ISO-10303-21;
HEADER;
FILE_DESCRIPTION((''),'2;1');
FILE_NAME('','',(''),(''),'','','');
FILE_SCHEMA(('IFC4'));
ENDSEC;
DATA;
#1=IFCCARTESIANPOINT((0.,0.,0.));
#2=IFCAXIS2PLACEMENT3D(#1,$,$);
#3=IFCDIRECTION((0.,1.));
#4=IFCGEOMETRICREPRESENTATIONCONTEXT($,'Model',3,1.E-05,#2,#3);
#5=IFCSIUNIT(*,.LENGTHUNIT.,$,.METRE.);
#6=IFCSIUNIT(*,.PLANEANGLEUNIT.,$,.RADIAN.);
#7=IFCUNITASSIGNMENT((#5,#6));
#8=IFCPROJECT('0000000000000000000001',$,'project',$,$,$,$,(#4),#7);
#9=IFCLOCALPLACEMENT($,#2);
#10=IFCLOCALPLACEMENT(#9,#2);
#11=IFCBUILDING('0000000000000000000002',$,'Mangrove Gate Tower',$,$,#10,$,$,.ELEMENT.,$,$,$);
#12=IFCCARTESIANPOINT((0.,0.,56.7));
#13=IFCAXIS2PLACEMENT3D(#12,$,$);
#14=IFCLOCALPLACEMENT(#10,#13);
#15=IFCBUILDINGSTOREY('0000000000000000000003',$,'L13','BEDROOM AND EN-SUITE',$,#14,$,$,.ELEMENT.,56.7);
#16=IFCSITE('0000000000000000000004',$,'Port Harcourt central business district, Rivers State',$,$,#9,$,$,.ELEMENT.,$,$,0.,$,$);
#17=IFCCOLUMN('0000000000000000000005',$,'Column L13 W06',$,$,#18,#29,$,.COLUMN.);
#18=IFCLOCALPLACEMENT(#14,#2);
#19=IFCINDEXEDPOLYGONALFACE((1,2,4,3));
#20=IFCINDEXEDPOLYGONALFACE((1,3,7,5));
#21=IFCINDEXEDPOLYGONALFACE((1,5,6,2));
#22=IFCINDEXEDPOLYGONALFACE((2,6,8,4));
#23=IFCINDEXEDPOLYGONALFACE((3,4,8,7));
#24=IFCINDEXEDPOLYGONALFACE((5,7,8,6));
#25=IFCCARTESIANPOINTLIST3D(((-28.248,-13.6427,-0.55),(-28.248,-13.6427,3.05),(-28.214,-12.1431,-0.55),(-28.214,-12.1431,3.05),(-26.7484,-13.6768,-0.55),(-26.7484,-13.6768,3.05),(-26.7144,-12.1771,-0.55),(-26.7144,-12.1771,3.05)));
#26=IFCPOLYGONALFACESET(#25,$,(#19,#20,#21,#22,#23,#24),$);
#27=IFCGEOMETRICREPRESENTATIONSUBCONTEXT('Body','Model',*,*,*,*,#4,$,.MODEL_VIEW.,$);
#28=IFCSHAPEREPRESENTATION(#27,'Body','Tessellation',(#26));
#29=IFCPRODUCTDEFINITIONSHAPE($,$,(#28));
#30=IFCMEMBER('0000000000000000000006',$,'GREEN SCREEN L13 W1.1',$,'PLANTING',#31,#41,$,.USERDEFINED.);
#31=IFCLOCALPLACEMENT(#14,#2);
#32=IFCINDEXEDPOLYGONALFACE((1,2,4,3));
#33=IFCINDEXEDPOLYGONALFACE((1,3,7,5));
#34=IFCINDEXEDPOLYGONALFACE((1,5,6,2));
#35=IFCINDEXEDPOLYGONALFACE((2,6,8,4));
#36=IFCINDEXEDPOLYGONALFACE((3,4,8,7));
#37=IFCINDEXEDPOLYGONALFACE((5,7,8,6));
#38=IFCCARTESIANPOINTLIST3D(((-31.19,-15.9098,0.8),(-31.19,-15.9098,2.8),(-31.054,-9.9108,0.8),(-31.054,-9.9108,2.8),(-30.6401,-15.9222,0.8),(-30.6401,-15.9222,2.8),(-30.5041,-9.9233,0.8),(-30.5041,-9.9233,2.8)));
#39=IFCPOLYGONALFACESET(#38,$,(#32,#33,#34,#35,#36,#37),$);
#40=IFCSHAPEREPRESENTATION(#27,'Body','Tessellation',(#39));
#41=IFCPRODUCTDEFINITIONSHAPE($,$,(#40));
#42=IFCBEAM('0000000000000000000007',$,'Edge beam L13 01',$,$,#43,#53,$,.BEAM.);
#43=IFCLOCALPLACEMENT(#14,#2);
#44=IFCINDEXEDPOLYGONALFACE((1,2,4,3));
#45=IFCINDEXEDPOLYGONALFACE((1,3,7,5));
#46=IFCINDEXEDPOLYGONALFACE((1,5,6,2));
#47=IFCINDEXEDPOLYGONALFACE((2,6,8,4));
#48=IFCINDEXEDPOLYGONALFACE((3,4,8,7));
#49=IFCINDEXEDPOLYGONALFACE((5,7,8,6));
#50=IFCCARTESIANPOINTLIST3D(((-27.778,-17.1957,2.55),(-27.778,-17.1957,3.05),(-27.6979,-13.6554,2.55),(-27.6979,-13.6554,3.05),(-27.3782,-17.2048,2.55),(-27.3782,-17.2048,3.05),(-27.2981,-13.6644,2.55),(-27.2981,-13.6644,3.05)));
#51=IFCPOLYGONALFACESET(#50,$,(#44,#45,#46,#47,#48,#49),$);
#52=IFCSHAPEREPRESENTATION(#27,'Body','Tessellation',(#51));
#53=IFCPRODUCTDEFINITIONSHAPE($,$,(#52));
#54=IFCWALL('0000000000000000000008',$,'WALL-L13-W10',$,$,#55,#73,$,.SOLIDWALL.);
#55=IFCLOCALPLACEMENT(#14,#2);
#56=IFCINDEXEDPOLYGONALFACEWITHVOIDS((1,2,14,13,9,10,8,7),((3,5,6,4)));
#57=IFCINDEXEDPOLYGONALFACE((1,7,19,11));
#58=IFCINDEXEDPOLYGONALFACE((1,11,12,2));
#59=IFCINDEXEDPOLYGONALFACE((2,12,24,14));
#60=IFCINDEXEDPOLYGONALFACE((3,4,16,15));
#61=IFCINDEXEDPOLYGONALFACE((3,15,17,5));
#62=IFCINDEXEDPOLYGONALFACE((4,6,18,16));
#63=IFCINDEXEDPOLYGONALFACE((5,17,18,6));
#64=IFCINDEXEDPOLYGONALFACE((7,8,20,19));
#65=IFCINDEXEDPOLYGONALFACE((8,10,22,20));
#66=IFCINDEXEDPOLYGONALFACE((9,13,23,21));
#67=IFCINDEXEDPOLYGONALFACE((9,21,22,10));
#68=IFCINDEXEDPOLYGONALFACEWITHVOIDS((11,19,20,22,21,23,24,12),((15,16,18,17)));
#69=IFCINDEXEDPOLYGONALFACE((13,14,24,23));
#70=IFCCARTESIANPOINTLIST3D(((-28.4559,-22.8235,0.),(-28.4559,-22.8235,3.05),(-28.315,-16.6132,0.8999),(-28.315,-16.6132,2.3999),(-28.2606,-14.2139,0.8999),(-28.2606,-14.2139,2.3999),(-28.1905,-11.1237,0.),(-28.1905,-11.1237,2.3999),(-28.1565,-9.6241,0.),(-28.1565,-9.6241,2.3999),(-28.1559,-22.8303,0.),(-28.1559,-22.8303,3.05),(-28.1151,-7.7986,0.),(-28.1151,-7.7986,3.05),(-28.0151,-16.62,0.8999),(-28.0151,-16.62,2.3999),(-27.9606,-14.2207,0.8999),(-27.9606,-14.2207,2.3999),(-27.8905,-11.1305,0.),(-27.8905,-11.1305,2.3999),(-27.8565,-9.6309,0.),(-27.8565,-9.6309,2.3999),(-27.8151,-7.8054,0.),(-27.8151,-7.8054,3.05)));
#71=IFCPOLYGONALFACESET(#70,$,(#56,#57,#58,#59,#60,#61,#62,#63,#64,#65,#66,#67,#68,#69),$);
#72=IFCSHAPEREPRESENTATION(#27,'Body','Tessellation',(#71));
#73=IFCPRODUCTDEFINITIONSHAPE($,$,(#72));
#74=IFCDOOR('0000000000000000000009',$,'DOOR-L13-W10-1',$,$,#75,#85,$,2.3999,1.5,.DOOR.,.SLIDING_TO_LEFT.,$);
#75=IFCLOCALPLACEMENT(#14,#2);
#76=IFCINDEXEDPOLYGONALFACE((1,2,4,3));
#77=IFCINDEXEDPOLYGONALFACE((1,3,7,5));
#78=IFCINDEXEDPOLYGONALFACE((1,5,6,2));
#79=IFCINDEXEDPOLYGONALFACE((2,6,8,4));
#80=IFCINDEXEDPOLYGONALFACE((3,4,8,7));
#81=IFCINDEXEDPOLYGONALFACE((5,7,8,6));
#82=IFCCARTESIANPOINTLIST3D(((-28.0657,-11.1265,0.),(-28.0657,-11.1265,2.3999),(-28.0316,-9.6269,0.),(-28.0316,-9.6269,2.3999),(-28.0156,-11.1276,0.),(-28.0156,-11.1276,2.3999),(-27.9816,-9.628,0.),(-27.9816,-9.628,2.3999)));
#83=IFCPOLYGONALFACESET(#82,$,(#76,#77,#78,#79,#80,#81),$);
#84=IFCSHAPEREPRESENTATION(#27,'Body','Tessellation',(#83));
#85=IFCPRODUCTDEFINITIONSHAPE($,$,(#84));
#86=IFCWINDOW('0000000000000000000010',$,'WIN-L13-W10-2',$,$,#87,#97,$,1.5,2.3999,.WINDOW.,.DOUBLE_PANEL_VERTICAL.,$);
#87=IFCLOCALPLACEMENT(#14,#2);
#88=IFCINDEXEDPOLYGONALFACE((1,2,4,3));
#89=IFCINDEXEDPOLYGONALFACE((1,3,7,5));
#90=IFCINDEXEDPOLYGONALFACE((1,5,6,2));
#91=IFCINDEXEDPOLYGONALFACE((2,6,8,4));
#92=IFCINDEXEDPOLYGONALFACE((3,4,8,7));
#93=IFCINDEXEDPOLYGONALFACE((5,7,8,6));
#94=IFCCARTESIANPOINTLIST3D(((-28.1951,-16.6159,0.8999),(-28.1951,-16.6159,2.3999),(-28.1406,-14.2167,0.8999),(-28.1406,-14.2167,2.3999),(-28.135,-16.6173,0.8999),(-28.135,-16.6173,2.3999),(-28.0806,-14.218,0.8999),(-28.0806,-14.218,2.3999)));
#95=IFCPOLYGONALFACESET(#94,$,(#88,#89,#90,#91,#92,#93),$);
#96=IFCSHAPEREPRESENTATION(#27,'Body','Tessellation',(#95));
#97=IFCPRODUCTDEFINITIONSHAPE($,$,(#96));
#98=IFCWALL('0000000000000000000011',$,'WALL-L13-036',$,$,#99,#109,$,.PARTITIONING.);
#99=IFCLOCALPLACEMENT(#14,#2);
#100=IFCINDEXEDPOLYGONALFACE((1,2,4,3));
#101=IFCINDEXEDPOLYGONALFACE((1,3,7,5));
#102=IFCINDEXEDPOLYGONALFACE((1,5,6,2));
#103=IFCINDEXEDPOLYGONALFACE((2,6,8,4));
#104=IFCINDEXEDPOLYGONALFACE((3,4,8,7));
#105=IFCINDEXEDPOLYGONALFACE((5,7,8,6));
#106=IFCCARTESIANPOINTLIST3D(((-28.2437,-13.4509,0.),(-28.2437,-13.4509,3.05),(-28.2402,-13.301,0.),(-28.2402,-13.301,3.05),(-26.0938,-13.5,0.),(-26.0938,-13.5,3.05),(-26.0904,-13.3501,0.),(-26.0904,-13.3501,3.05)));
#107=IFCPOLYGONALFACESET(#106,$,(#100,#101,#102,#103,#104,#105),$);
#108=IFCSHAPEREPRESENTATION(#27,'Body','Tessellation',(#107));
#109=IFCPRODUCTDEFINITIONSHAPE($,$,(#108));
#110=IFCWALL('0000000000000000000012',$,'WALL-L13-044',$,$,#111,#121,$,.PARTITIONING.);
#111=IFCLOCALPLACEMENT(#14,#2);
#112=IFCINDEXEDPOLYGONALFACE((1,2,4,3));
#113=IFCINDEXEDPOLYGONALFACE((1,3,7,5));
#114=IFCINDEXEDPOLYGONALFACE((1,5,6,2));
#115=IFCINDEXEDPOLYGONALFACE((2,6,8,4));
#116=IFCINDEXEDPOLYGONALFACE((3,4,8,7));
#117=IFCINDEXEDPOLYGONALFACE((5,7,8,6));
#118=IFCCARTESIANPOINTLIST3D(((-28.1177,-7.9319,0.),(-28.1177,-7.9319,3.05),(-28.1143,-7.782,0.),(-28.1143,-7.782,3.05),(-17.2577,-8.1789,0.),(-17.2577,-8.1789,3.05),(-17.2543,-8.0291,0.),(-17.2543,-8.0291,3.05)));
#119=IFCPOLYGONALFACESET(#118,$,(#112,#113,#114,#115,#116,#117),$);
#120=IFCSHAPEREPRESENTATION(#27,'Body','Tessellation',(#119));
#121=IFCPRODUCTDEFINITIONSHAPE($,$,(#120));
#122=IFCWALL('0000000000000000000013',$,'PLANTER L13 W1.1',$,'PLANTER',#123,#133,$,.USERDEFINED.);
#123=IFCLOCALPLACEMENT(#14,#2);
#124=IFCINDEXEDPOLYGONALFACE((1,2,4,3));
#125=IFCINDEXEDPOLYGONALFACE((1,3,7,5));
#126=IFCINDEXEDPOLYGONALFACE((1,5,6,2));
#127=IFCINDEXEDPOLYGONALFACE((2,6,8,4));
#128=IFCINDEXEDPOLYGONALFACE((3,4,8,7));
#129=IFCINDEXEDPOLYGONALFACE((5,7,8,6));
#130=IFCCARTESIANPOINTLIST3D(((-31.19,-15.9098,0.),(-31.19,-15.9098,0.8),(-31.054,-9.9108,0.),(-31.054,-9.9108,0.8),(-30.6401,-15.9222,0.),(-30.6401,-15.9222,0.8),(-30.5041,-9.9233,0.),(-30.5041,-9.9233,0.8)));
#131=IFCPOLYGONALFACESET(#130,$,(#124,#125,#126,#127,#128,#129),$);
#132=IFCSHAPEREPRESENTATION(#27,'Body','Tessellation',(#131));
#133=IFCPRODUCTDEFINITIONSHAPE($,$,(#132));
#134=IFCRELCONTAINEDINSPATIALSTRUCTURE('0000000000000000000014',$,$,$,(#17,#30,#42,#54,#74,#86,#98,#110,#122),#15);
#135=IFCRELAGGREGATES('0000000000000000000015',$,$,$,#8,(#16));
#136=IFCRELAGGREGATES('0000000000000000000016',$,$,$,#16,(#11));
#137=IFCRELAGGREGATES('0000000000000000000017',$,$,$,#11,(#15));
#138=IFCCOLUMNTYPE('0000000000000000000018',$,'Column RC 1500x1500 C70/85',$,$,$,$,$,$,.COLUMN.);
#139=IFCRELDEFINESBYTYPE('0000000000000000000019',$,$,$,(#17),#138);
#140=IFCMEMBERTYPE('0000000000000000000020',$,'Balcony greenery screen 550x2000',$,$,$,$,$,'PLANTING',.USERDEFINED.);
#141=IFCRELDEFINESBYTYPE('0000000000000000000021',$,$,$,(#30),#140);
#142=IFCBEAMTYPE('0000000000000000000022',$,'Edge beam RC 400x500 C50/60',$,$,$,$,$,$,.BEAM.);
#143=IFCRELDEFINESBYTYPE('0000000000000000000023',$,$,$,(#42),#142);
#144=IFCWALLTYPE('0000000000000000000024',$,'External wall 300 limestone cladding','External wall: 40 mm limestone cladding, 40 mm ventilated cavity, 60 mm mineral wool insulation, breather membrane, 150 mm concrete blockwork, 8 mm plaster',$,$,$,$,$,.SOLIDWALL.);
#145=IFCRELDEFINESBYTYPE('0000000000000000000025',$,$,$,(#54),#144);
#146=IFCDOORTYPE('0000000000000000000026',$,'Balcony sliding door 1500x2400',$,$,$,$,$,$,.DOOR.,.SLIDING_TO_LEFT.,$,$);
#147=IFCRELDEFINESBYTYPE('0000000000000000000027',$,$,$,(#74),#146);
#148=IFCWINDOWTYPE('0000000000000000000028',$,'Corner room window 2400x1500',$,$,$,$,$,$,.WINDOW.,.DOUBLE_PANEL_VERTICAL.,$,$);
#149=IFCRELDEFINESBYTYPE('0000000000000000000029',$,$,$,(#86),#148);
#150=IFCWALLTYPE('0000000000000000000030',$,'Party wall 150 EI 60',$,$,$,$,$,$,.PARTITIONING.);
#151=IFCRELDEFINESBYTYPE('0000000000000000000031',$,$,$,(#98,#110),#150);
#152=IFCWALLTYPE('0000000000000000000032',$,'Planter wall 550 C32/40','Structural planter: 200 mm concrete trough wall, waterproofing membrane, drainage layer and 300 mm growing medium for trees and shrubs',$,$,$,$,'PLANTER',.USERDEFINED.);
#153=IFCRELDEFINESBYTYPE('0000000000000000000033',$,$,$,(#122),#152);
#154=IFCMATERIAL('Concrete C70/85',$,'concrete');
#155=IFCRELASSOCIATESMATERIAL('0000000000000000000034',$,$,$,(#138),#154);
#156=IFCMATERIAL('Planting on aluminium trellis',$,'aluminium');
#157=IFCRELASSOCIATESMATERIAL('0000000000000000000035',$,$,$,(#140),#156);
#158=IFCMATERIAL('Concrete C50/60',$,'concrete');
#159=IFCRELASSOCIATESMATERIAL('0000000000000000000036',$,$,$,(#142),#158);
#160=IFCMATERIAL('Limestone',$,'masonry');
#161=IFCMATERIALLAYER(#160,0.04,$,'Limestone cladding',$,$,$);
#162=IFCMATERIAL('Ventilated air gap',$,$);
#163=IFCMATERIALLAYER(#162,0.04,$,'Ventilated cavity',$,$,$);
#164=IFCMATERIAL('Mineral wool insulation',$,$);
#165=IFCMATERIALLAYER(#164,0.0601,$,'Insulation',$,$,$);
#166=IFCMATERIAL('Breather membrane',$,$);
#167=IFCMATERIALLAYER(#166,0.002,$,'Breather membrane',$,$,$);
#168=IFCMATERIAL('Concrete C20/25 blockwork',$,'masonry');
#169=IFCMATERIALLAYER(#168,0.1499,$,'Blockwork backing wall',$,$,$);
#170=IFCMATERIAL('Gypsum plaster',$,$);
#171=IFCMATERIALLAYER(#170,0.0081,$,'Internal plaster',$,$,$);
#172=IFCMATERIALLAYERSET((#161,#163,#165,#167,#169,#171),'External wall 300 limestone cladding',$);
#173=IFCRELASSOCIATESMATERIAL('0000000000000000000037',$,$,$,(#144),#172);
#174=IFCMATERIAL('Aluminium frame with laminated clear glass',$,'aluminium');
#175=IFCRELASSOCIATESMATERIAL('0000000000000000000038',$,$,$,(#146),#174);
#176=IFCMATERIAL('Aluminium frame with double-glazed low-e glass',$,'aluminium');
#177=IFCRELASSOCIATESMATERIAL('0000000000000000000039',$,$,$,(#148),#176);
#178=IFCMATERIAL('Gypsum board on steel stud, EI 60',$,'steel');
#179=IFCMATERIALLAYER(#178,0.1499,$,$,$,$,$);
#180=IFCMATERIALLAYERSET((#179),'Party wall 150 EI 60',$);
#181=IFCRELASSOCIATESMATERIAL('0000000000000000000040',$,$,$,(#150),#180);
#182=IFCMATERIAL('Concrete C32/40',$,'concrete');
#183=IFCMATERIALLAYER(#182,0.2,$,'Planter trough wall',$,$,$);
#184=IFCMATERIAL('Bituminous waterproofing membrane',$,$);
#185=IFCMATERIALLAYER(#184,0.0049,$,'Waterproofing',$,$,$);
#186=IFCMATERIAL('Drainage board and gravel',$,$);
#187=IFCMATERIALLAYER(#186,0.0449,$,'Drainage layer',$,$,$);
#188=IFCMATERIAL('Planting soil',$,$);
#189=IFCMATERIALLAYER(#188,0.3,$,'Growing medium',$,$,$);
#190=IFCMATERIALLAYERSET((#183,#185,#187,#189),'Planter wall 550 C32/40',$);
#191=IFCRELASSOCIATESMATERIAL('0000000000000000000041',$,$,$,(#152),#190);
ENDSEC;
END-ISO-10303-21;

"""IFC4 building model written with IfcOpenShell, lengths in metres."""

from ifc_helpers import new_model, si_unit, direction, frame, frame_2d, origin, origin_2d, place, context, subcontext, project, spatial, rectangle, extrude, material, layer, layer_set, material_profile, profile_set, type_object, element, fill, save


model = new_model("IFC4")

# Units and contexts
model_context = context("Model", 3, precision=1e-05, world=origin(), true_north=direction((0.0, 1.0)))
body_context = subcontext(model_context, "Body", "Model", "MODEL_VIEW")
ifc_project = project(units=[si_unit("LENGTHUNIT", "METRE"), si_unit("PLANEANGLEUNIT", "RADIAN")], contexts=[model_context])

# Site, building, storey
site_placement = place(None, origin())
site = spatial("IfcSite", under=ifc_project, at=site_placement, Name="Port Harcourt central business district, Rivers State", CompositionType="ELEMENT", RefElevation=0.0)
building_placement = place(site_placement, origin())
building = spatial("IfcBuilding", under=site, at=building_placement, Name="Mangrove Gate Tower", CompositionType="ELEMENT")
storey_placement = place(building_placement, frame((0.0, 0.0, 56.7)))
storey = spatial("IfcBuildingStorey", under=building, at=storey_placement, Name="L13", Description="BEDROOM AND EN-SUITE", CompositionType="ELEMENT", Elevation=56.7)

# Column
ifc_material_1 = material(Name="Concrete C70/85", Category="concrete")
ifc_material_profile_1 = material_profile(ifc_material_1, rectangle(XDim=1.5, YDim=1.5, at=origin_2d()))
ifc_profile_set_1 = profile_set([ifc_material_profile_1], Name="Concrete C70/85")
column_type = type_object("IfcColumnType", Name="Column RC 1500x1500 C70/85", PredefinedType="COLUMN", material=ifc_profile_set_1)
column_placement = place(storey_placement, frame((-27.4812, -12.9099, -0.55), z_axis=(0.0, 0.0, 1.0), x_axis=(-0.022712, -0.999742, 0.0)))
element("IfcColumn", 1, at=column_placement, inside=storey, type_object=column_type, Name="Column L13 W06", PredefinedType="COLUMN", context=body_context, shape_type="SweptSolid", body=[
    extrude(rectangle(XDim=1.5, YDim=1.5, at=origin_2d()), origin(), (0.0, 0.0, 1.0), 3.6001),
])

# Member
ifc_material_2 = material(Name="Planting on aluminium trellis", Category="aluminium")
ifc_material_profile_2 = material_profile(ifc_material_2, rectangle(XDim=0.55, YDim=2.0, at=origin_2d()))
ifc_profile_set_2 = profile_set([ifc_material_profile_2], Name="Planting on aluminium trellis")
member_type = type_object("IfcMemberType", Name="Balcony greenery screen 550x2000", ElementType="PLANTING", PredefinedType="USERDEFINED", material=ifc_profile_set_2)
member_placement = place(storey_placement, frame((-30.915, -15.916, 1.8), z_axis=(0.022662, 0.999743, 0.0), x_axis=(-0.999743, 0.022662, 0.0)))
element("IfcMember", 2, at=member_placement, inside=storey, type_object=member_type, Name="GREEN SCREEN L13 W1.1", ObjectType="PLANTING", PredefinedType="USERDEFINED", context=body_context, shape_type="SweptSolid", body=[
    extrude(rectangle(XDim=0.55, YDim=2.0, at=origin_2d()), origin(), (0.0, 0.0, 1.0), 6.0005),
])

# Beam
ifc_material_3 = material(Name="Concrete C50/60", Category="concrete")
ifc_material_profile_3 = material_profile(ifc_material_3, rectangle(XDim=0.3999, YDim=0.5, at=origin_2d()))
ifc_profile_set_3 = profile_set([ifc_material_profile_3], Name="Concrete C50/60")
beam_type = type_object("IfcBeamType", Name="Edge beam RC 400x500 C50/60", PredefinedType="BEAM", material=ifc_profile_set_3)
beam_placement = place(storey_placement, frame((-27.498, -13.6599, 2.8), z_axis=(-0.022613, -0.999744, 0.0), x_axis=(0.999744, -0.022613, 0.0)))
element("IfcBeam", 3, at=beam_placement, inside=storey, type_object=beam_type, Name="Edge beam L13 01", PredefinedType="BEAM", context=body_context, shape_type="SweptSolid", body=[
    extrude(rectangle(XDim=0.3999, YDim=0.5, at=origin_2d()), origin(), (0.0, 0.0, 1.0), 3.5413),
])

# Wall, openings, door, window
ifc_material_4 = material(Name="Limestone", Category="masonry")
ifc_layer_1 = layer(ifc_material_4, 0.04, Name="Limestone cladding")
ifc_material_5 = material(Name="Ventilated air gap")
ifc_layer_2 = layer(ifc_material_5, 0.04, Name="Ventilated cavity")
ifc_material_6 = material(Name="Mineral wool insulation")
ifc_layer_3 = layer(ifc_material_6, 0.0601, Name="Insulation")
ifc_material_7 = material(Name="Breather membrane")
ifc_layer_4 = layer(ifc_material_7, 0.002, Name="Breather membrane")
ifc_material_8 = material(Name="Concrete C20/25 blockwork", Category="masonry")
ifc_layer_5 = layer(ifc_material_8, 0.1499, Name="Blockwork backing wall")
ifc_material_9 = material(Name="Gypsum plaster")
ifc_layer_6 = layer(ifc_material_9, 0.0081, Name="Internal plaster")
ifc_layer_set_1 = layer_set([ifc_layer_1, ifc_layer_2, ifc_layer_3, ifc_layer_4, ifc_layer_5, ifc_layer_6], Name="External wall 300 limestone cladding")
wall_type_1 = type_object("IfcWallType", Name="External wall 300 limestone cladding", Description="External wall: 40 mm limestone cladding, 40 mm ventilated cavity, 60 mm mineral wool insulation, breather membrane, 150 mm concrete blockwork, 8 mm plaster", PredefinedType="SOLIDWALL", material=ifc_layer_set_1)
wall_1_placement = place(storey_placement, frame((-27.9651, -7.802, 0.0), z_axis=(0.0, 0.0, 1.0), x_axis=(-0.022678, -0.999743, 0.0)))
wall_1 = element("IfcWall", 4, at=wall_1_placement, inside=storey, type_object=wall_type_1, Name="WALL-L13-W10", PredefinedType="SOLIDWALL", context=body_context, shape_type="SweptSolid", body=[
    extrude(rectangle(XDim=15.0288, YDim=0.3, at=frame_2d((7.5144, 0.0))), origin(), (0.0, 0.0, 1.0), 3.05),
])
opening_1_placement = place(wall_1_placement, frame((1.8259, 0.0, 0.0)))
opening_1 = element("IfcOpeningElement", 5, at=opening_1_placement, cuts=wall_1, PredefinedType="OPENING", context=body_context, shape_type="SweptSolid", body=[
    extrude(rectangle(XDim=1.5, YDim=2.3999, at=frame_2d((0.75, 1.2))), frame((0.0, 0.1599, 0.0), z_axis=(0.0, -1.0, 0.0), x_axis=(1.0, 0.0, 0.0)), (0.0, 0.0, 1.0), 0.3201),
])
opening_2_placement = place(wall_1_placement, frame((6.417, 0.0, 0.8999)))
opening_2 = element("IfcOpeningElement", 6, at=opening_2_placement, cuts=wall_1, PredefinedType="OPENING", context=body_context, shape_type="SweptSolid", body=[
    extrude(rectangle(XDim=2.3999, YDim=1.5, at=frame_2d((1.2, 0.75))), frame((0.0, 0.1599, 0.0), z_axis=(0.0, -1.0, 0.0), x_axis=(1.0, 0.0, 0.0)), (0.0, 0.0, 1.0), 0.3201),
])
ifc_material_10 = material(Name="Aluminium frame with laminated clear glass", Category="aluminium")
door_type = type_object("IfcDoorType", Name="Balcony sliding door 1500x2400", OperationType="SLIDING_TO_LEFT", PredefinedType="DOOR", material=ifc_material_10)
door_placement = place(opening_1_placement, origin())
door = element("IfcDoor", 7, at=door_placement, inside=storey, type_object=door_type, Name="DOOR-L13-W10-1", OperationType="SLIDING_TO_LEFT", OverallHeight=2.3999, OverallWidth=1.5, PredefinedType="DOOR", context=body_context, shape_type="SweptSolid", body=[
    extrude(rectangle(XDim=1.5, YDim=2.3999, at=frame_2d((0.75, 1.2))), frame((0.0, 0.0249, 0.0), z_axis=(0.0, -1.0, 0.0), x_axis=(1.0, 0.0, 0.0)), (0.0, 0.0, 1.0), 0.05),
])
fill(opening_1, door)
ifc_material_11 = material(Name="Aluminium frame with double-glazed low-e glass", Category="aluminium")
window_type = type_object("IfcWindowType", Name="Corner room window 2400x1500", PartitioningType="DOUBLE_PANEL_VERTICAL", PredefinedType="WINDOW", material=ifc_material_11)
window_placement = place(opening_2_placement, origin())
window = element("IfcWindow", 8, at=window_placement, inside=storey, type_object=window_type, Name="WIN-L13-W10-2", OverallHeight=1.5, OverallWidth=2.3999, PartitioningType="DOUBLE_PANEL_VERTICAL", PredefinedType="WINDOW", context=body_context, shape_type="SweptSolid", body=[
    extrude(rectangle(XDim=2.3999, YDim=1.5, at=frame_2d((1.2, 0.75))), frame((0.0, 0.03, 0.0), z_axis=(0.0, -1.0, 0.0), x_axis=(1.0, 0.0, 0.0)), (0.0, 0.0, 1.0), 0.0601),
])
fill(opening_2, window)

# Walls
ifc_material_12 = material(Name="Gypsum board on steel stud, EI 60", Category="steel")
ifc_layer_7 = layer(ifc_material_12, 0.1499)
ifc_layer_set_2 = layer_set([ifc_layer_7], Name="Party wall 150 EI 60")
wall_type_2 = type_object("IfcWallType", Name="Party wall 150 EI 60", PredefinedType="PARTITIONING", material=ifc_layer_set_2)
wall_2_placement = place(storey_placement, frame((-28.2419, -13.376, 0.0), z_axis=(0.0, 0.0, 1.0), x_axis=(0.99974, -0.022819, 0.0)))
element("IfcWall", 9, at=wall_2_placement, inside=storey, type_object=wall_type_2, Name="WALL-L13-036", PredefinedType="PARTITIONING", context=body_context, shape_type="SweptSolid", body=[
    extrude(rectangle(XDim=2.1504, YDim=0.1499, at=frame_2d((1.0752, 0.0))), origin(), (0.0, 0.0, 1.0), 3.05),
])
wall_3_placement = place(storey_placement, frame((-28.116, -7.8569, 0.0), z_axis=(0.0, 0.0, 1.0), x_axis=(0.999741, -0.022745, 0.0)))
element("IfcWall", 10, at=wall_3_placement, inside=storey, type_object=wall_type_2, Name="WALL-L13-044", PredefinedType="PARTITIONING", context=body_context, shape_type="SweptSolid", body=[
    extrude(rectangle(XDim=10.8628, YDim=0.1499, at=frame_2d((5.4314, 0.0))), origin(), (0.0, 0.0, 1.0), 3.05),
])
ifc_material_13 = material(Name="Concrete C32/40", Category="concrete")
ifc_layer_8 = layer(ifc_material_13, 0.2, Name="Planter trough wall")
ifc_material_14 = material(Name="Bituminous waterproofing membrane")
ifc_layer_9 = layer(ifc_material_14, 0.0049, Name="Waterproofing")
ifc_material_15 = material(Name="Drainage board and gravel")
ifc_layer_10 = layer(ifc_material_15, 0.0449, Name="Drainage layer")
ifc_material_16 = material(Name="Planting soil")
ifc_layer_11 = layer(ifc_material_16, 0.3, Name="Growing medium")
ifc_layer_set_3 = layer_set([ifc_layer_8, ifc_layer_9, ifc_layer_10, ifc_layer_11], Name="Planter wall 550 C32/40")
wall_type_3 = type_object("IfcWallType", Name="Planter wall 550 C32/40", Description="Structural planter: 200 mm concrete trough wall, waterproofing membrane, drainage layer and 300 mm growing medium for trees and shrubs", ElementType="PLANTER", PredefinedType="USERDEFINED", material=ifc_layer_set_3)
wall_4_placement = place(storey_placement, frame((-30.915, -15.916, 0.0), z_axis=(0.0, 0.0, 1.0), x_axis=(0.022662, 0.999743, 0.0)))
element("IfcWall", 11, at=wall_4_placement, inside=storey, type_object=wall_type_3, Name="PLANTER L13 W1.1", ObjectType="PLANTER", PredefinedType="USERDEFINED", context=body_context, shape_type="SweptSolid", body=[
    extrude(rectangle(XDim=6.0005, YDim=0.55, at=frame_2d((3.0002, 0.0))), origin(), (0.0, 0.0, 1.0), 0.8),
])

save(model, "model.ifc")
